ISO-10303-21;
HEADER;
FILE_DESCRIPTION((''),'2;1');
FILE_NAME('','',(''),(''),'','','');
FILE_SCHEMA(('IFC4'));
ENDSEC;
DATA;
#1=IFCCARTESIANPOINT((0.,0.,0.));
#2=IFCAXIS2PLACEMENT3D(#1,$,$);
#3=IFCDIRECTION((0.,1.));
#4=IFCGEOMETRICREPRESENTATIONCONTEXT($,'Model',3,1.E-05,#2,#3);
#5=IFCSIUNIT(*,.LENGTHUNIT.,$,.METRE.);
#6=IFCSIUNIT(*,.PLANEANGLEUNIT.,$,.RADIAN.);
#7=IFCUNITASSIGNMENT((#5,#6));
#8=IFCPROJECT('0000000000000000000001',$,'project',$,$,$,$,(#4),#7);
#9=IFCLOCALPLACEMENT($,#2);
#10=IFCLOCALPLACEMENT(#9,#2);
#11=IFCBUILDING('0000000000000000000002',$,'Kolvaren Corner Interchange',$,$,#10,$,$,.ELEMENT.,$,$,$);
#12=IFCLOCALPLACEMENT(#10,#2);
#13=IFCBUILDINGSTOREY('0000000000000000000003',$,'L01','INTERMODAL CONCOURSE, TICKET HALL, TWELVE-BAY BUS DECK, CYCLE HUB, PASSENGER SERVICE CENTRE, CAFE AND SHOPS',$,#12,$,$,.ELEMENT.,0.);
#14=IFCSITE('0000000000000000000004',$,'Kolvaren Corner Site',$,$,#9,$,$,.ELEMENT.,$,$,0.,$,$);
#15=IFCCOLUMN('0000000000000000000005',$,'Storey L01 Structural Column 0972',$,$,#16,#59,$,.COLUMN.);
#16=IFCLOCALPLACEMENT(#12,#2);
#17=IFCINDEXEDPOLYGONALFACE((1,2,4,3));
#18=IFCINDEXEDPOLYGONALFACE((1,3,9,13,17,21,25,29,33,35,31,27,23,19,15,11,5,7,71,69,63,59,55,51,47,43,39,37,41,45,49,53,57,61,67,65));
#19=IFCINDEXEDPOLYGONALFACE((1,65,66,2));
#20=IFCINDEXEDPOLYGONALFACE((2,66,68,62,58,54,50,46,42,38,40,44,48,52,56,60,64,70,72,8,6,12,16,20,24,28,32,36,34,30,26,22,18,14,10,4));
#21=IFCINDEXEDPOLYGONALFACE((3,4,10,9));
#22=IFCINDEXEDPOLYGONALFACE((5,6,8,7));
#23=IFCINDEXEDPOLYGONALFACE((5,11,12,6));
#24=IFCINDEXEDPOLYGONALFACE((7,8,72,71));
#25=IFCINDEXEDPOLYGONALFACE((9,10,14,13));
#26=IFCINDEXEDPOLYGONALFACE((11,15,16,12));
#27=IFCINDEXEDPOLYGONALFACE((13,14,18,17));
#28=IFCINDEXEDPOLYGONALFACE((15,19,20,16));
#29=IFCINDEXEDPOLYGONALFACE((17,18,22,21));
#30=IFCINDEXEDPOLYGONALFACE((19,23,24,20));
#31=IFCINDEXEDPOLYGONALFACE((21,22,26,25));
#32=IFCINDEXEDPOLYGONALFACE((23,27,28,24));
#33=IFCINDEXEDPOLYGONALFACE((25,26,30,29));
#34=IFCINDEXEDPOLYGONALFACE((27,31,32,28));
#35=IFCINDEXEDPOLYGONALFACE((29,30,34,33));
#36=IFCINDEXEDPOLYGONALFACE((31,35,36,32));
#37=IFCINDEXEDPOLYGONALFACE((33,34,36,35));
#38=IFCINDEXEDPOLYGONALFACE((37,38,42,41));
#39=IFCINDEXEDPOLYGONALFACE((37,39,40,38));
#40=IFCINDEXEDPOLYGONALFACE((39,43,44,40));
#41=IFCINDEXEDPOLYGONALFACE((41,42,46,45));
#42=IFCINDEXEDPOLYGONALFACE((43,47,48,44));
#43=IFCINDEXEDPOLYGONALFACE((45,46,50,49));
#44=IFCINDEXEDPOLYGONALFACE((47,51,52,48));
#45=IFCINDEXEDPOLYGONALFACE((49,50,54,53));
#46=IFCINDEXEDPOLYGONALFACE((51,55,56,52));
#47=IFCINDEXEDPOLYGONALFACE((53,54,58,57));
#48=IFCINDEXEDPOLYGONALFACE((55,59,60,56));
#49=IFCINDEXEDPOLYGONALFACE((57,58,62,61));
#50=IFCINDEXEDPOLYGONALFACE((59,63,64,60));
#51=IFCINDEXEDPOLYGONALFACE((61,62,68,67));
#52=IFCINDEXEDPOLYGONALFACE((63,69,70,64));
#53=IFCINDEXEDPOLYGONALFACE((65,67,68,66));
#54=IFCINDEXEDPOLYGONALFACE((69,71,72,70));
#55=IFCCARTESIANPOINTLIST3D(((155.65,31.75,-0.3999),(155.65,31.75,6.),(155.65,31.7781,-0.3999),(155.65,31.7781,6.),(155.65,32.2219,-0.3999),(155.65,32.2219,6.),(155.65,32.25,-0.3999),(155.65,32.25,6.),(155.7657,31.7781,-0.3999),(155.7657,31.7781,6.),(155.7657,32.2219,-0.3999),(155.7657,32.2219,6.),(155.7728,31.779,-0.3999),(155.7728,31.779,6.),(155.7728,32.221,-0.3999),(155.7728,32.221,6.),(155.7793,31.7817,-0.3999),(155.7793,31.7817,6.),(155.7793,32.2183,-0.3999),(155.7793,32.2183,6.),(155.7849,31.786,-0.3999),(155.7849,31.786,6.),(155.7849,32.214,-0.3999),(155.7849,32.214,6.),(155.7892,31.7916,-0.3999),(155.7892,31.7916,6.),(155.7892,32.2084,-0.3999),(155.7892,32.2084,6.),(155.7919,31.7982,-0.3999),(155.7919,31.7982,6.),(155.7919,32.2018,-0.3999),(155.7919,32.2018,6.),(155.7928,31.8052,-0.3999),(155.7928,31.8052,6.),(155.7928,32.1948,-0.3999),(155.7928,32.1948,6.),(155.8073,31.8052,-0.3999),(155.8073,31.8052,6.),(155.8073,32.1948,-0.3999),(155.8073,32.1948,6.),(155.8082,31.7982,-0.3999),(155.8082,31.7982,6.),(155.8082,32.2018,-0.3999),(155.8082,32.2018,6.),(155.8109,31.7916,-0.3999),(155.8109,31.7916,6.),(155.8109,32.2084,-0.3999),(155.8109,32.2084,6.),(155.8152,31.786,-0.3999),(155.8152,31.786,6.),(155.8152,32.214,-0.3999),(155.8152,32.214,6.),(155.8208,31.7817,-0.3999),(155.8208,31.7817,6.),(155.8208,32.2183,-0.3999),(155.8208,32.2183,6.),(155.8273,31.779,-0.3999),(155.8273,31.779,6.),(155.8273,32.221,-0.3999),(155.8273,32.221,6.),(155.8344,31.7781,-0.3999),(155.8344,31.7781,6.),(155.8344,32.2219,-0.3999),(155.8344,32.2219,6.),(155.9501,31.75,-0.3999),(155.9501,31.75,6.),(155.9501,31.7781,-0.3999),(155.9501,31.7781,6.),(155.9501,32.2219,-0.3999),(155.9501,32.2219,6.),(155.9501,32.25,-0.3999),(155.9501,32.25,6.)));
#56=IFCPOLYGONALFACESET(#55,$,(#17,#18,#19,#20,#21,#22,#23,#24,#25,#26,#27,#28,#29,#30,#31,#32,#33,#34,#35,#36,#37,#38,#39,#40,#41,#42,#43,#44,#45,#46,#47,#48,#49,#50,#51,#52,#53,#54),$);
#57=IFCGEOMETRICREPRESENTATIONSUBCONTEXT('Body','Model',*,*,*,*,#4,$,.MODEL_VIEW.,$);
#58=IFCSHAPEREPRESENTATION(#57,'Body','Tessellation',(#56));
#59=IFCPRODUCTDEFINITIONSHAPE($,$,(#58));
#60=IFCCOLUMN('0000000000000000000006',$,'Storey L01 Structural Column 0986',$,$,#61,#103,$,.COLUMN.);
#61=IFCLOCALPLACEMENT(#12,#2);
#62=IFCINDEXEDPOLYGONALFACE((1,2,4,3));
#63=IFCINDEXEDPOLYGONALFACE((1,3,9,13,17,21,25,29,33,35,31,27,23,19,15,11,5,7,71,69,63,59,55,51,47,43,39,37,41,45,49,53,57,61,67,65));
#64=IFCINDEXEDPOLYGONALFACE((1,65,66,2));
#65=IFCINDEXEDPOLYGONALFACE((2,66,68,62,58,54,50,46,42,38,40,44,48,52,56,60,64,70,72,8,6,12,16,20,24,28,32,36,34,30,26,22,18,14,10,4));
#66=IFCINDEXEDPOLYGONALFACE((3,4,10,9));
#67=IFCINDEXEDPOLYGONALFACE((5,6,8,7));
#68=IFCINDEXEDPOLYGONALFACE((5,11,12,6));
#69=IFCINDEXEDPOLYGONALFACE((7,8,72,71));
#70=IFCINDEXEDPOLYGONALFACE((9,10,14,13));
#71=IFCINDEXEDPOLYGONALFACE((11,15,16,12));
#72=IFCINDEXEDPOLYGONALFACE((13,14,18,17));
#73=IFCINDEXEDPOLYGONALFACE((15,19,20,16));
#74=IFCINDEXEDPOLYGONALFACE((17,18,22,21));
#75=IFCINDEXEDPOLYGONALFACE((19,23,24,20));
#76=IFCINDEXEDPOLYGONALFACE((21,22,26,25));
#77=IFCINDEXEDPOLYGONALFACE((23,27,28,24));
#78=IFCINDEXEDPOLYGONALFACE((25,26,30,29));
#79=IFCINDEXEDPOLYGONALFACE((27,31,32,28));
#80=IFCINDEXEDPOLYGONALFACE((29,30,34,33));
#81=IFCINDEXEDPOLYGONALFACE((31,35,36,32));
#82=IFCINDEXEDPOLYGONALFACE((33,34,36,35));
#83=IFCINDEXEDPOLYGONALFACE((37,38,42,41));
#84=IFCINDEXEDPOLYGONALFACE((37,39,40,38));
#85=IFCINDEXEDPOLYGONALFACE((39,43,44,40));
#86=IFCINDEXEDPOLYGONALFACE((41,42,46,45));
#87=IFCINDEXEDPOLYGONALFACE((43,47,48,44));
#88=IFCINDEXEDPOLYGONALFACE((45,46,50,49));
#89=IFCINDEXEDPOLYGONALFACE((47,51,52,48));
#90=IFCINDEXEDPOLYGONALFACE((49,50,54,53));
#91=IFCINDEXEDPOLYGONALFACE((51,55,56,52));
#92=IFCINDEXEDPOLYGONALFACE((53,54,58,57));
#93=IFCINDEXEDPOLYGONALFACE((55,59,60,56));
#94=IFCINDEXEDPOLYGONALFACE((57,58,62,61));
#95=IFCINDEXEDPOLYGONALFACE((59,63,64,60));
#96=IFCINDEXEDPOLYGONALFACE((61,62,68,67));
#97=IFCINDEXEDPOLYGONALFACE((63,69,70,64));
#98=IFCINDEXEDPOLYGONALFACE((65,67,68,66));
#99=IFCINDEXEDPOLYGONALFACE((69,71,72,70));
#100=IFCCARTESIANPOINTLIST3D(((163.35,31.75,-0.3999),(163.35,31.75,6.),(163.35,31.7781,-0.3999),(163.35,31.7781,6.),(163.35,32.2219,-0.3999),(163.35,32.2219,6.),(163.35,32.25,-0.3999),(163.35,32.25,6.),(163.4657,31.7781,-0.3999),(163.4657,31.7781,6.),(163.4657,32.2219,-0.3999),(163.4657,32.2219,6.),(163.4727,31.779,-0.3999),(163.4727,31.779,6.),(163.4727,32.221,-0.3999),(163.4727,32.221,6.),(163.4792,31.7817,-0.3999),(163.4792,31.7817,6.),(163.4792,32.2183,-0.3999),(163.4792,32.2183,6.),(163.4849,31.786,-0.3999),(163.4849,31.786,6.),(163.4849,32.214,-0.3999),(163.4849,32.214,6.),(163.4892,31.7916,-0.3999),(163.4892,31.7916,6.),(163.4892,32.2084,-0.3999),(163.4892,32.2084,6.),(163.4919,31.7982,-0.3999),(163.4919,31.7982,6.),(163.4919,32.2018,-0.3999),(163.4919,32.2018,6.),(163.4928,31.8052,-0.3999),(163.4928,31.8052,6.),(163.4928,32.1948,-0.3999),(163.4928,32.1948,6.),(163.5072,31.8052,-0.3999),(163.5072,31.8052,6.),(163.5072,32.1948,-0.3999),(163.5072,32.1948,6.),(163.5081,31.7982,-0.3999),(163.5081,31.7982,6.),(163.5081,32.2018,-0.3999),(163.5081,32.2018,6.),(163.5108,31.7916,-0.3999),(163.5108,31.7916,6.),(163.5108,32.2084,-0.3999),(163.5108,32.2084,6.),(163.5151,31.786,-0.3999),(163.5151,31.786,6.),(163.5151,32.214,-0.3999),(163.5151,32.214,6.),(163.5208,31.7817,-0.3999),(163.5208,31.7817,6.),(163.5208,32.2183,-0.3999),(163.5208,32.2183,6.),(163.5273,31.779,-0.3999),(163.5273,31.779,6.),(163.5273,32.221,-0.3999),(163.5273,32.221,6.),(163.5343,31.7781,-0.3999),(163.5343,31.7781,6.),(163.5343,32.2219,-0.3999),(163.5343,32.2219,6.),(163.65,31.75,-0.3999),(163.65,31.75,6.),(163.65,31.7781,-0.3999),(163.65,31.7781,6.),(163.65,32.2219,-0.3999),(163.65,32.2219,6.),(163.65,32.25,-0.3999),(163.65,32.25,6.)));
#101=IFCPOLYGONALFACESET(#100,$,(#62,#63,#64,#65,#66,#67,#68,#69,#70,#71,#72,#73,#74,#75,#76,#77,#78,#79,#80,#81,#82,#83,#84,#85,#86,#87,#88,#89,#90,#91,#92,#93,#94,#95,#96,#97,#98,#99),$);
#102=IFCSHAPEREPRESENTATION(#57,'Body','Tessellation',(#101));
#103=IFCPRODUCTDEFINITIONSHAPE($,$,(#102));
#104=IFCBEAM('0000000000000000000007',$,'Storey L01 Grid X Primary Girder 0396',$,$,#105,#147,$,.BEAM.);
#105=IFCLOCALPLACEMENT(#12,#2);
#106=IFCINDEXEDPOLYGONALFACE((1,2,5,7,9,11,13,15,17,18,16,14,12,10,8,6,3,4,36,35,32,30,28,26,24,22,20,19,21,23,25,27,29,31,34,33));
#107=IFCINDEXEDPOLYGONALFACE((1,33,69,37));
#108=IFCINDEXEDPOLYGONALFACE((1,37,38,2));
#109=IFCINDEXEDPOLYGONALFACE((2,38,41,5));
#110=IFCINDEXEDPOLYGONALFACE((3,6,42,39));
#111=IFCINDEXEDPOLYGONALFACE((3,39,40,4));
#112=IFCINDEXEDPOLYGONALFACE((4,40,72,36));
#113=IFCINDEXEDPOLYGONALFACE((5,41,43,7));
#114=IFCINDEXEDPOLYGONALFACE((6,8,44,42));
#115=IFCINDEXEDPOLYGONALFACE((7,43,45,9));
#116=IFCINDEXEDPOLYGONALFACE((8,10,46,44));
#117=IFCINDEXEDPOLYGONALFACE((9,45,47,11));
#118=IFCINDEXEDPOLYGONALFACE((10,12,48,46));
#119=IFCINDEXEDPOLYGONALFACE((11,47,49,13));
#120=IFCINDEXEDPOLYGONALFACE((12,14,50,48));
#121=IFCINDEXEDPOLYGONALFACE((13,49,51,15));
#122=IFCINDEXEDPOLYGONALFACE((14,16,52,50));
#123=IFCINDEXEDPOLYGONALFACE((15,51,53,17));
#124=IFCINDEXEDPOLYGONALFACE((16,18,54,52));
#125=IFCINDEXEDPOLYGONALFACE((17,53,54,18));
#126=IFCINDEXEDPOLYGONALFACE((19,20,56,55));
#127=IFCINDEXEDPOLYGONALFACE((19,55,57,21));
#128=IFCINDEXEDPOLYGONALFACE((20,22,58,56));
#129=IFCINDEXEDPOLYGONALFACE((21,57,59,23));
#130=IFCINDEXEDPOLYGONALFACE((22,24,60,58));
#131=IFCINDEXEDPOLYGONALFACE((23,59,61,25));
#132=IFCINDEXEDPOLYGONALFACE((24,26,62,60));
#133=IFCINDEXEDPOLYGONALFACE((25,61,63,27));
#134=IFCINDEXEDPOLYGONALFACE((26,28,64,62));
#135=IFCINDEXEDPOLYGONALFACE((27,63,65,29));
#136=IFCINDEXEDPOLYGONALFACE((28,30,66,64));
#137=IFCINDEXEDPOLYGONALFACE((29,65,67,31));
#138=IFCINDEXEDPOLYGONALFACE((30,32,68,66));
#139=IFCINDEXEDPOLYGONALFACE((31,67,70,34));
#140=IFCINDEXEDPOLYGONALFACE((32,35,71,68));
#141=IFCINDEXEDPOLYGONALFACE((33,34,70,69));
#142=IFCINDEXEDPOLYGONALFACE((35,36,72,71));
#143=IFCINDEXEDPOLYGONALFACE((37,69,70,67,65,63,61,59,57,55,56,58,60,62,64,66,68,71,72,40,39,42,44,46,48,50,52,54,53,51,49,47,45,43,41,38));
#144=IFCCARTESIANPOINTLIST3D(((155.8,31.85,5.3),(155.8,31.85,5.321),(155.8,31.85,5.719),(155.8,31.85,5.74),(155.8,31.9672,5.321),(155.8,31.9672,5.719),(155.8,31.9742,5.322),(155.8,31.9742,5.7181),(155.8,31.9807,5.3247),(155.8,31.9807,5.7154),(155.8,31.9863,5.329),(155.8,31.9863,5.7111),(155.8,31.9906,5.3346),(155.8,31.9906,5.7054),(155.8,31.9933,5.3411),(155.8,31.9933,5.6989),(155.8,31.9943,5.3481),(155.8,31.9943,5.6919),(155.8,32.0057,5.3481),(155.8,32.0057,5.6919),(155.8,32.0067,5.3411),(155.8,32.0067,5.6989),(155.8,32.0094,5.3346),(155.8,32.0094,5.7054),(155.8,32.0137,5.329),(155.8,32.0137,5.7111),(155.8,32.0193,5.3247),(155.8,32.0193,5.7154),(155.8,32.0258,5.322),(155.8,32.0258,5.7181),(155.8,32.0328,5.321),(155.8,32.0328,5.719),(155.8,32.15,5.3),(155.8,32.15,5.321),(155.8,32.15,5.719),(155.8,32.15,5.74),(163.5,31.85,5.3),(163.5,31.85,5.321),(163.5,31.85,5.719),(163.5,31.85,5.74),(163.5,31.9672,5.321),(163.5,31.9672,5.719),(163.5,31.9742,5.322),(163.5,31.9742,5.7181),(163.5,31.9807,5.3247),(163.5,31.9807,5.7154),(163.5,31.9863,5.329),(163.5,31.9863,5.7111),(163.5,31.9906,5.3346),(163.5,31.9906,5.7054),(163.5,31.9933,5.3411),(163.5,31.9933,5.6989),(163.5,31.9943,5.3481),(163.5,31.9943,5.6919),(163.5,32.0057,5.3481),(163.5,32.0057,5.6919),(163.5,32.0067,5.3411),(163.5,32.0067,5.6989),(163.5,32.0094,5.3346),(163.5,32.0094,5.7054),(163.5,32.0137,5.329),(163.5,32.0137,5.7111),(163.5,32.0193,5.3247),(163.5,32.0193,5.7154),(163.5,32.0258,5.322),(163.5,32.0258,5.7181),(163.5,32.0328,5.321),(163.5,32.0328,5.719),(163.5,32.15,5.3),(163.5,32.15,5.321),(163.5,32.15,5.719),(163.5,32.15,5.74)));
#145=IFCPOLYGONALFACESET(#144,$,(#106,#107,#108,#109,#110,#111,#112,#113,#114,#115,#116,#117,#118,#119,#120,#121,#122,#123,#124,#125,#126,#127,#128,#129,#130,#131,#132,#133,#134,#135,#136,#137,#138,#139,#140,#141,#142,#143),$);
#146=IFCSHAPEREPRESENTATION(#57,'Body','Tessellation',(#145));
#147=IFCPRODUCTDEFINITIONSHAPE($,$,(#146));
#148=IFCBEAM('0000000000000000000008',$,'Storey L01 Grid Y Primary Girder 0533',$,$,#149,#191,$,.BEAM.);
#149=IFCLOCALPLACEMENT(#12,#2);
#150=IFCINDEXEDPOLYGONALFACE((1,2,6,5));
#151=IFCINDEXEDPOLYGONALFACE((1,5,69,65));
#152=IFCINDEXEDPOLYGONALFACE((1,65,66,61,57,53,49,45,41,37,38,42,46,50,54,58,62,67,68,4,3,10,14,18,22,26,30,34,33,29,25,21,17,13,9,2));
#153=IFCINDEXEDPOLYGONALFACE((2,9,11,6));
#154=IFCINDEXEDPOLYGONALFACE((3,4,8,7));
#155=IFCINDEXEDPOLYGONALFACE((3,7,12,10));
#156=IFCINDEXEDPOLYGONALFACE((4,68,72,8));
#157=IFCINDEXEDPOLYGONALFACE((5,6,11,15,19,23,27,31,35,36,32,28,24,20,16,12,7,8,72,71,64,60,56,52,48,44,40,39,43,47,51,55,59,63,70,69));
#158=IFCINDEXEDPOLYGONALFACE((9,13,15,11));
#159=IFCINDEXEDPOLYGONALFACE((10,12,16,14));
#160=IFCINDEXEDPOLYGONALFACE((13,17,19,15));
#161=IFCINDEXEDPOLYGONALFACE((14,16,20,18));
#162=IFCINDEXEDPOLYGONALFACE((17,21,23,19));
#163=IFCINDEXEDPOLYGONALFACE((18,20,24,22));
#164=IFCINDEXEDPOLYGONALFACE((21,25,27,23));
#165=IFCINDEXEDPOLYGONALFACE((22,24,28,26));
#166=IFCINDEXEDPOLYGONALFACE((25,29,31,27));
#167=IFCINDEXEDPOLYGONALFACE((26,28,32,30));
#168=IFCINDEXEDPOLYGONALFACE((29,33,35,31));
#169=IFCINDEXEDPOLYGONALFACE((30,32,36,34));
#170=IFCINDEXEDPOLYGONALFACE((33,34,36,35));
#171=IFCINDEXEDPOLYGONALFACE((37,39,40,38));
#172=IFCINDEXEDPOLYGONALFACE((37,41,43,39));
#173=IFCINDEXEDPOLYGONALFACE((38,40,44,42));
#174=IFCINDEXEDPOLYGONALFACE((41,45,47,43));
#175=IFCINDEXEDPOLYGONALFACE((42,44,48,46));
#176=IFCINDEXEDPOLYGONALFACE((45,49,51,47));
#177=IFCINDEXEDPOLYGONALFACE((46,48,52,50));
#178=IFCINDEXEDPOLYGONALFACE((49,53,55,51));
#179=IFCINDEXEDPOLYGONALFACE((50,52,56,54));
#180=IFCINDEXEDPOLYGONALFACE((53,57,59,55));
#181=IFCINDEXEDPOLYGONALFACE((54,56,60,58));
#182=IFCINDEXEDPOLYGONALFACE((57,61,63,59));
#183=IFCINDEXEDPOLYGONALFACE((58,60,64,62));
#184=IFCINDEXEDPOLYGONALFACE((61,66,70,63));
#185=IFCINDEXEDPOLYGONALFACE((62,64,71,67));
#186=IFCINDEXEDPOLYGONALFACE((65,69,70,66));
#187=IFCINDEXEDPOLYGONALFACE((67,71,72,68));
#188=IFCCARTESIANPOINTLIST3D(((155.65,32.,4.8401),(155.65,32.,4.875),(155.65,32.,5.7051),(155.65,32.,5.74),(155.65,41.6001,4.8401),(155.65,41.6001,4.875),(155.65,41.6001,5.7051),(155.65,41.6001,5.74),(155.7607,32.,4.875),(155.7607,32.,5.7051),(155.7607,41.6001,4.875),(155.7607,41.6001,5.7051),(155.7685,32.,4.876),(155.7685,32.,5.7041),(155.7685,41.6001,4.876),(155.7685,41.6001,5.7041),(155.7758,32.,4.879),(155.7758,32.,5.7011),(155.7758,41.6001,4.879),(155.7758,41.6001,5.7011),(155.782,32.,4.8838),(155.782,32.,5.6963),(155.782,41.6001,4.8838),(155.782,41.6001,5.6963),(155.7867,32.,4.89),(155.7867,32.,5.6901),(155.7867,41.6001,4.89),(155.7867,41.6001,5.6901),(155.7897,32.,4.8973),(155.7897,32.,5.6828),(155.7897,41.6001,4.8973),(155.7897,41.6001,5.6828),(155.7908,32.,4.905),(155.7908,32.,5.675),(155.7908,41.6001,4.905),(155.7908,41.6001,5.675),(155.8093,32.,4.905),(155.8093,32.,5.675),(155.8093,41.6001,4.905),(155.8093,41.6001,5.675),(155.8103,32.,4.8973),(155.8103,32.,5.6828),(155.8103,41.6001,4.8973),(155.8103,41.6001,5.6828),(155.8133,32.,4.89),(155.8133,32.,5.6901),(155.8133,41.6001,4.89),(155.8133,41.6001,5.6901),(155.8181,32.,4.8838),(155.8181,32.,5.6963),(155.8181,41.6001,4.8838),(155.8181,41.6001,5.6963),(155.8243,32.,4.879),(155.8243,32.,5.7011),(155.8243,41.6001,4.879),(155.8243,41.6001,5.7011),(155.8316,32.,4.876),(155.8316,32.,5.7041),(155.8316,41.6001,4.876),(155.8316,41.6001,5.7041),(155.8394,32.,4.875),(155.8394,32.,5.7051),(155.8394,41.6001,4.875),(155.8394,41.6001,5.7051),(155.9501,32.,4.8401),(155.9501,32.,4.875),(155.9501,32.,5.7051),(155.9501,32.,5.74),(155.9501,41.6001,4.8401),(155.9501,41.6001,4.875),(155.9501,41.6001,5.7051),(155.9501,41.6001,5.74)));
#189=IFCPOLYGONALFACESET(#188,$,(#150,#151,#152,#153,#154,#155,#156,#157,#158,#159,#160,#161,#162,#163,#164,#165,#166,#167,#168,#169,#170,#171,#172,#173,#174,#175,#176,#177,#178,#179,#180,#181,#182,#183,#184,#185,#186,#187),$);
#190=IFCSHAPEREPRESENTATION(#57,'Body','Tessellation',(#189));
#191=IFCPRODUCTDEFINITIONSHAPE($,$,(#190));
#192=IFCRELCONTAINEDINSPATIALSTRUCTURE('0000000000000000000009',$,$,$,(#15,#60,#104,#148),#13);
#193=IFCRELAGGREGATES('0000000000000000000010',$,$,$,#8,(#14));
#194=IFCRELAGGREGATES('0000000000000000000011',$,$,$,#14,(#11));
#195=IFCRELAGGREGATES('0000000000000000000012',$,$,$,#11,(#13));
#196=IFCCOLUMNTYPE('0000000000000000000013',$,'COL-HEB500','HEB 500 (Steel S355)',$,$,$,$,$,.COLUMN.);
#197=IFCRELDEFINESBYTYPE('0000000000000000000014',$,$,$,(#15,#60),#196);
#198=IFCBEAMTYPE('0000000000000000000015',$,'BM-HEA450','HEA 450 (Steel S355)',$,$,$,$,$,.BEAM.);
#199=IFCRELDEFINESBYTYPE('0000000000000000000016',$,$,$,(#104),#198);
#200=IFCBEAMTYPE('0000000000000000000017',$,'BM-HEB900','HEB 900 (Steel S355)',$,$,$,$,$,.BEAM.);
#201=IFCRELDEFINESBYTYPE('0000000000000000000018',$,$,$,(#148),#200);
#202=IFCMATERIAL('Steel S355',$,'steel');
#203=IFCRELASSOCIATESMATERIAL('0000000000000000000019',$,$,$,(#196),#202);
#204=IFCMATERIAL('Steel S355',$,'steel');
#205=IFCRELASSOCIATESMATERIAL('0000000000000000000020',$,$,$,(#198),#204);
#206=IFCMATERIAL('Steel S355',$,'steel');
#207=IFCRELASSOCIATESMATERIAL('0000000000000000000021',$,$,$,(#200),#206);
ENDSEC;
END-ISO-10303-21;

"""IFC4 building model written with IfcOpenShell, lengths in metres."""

from ifc_helpers import new_model, si_unit, direction, frame, origin, origin_2d, place, context, subcontext, project, spatial, i_section, extrude, material, material_profile, profile_set, type_object, element, save


model = new_model("IFC4")

# Units and contexts
model_context = context("Model", 3, precision=1e-05, world=origin(), true_north=direction((0.0, 1.0)))
body_context = subcontext(model_context, "Body", "Model", "MODEL_VIEW")
ifc_project = project(units=[si_unit("LENGTHUNIT", "METRE"), si_unit("PLANEANGLEUNIT", "RADIAN")], contexts=[model_context])

# Site, building, storey
site_placement = place(None, origin())
site = spatial("IfcSite", under=ifc_project, at=site_placement, Name="Kolvaren Corner Site", CompositionType="ELEMENT", RefElevation=0.0)
building_placement = place(site_placement, origin())
building = spatial("IfcBuilding", under=site, at=building_placement, Name="Kolvaren Corner Interchange", CompositionType="ELEMENT")
storey_placement = place(building_placement, origin())
storey = spatial("IfcBuildingStorey", under=building, at=storey_placement, Name="L01", Description="INTERMODAL CONCOURSE, TICKET HALL, TWELVE-BAY BUS DECK, CYCLE HUB, PASSENGER SERVICE CENTRE, CAFE AND SHOPS", CompositionType="ELEMENT", Elevation=0.0)

# Columns
ifc_material_1 = material(Name="Steel S355", Category="steel")
ifc_material_profile_1 = material_profile(ifc_material_1, i_section(OverallWidth=0.3, OverallDepth=0.5, WebThickness=0.0144, FlangeThickness=0.0281, FilletRadius=0.0271, at=origin_2d()), Name="HEB 500")
ifc_profile_set_1 = profile_set([ifc_material_profile_1], Name="Steel S355")
column_type = type_object("IfcColumnType", Name="COL-HEB500", Description="HEB 500 (Steel S355)", PredefinedType="COLUMN", material=ifc_profile_set_1)
for number, where, z_axis, x_axis, name in (
    (1, (155.8, 32.0, -0.3999), (0.0, 0.0, 1.0), (1.0, 0.0, 0.0), "Storey L01 Structural Column 0972"),
    (2, (163.5, 32.0, -0.3999), (0.0, 0.0, 1.0), (1.0, 0.0, 0.0), "Storey L01 Structural Column 0986"),
):
    element("IfcColumn", number, at=place(storey_placement, frame(where, z_axis=z_axis, x_axis=x_axis)), inside=storey, type_object=column_type, Name=name, PredefinedType="COLUMN", context=body_context, shape_type="SweptSolid", body=[
        extrude(i_section(OverallWidth=0.3, OverallDepth=0.5, WebThickness=0.0144, FlangeThickness=0.0281, FilletRadius=0.0271, at=origin_2d()), origin(), (0.0, 0.0, 1.0), 6.3999),
    ])

# Beams
ifc_material_2 = material(Name="Steel S355", Category="steel")
ifc_material_profile_2 = material_profile(ifc_material_2, i_section(OverallWidth=0.3, OverallDepth=0.4399, WebThickness=0.0115, FlangeThickness=0.021, FilletRadius=0.0271, at=origin_2d()), Name="HEA 450")
ifc_profile_set_2 = profile_set([ifc_material_profile_2], Name="Steel S355")
beam_type_1 = type_object("IfcBeamType", Name="BM-HEA450", Description="HEA 450 (Steel S355)", PredefinedType="BEAM", material=ifc_profile_set_2)
beam_placement = place(storey_placement, frame((155.8, 32.0, 5.52), z_axis=(1.0, 0.0, 0.0), x_axis=(0.0, 1.0, 0.0)))
element("IfcBeam", 3, at=beam_placement, inside=storey, type_object=beam_type_1, Name="Storey L01 Grid X Primary Girder 0396", PredefinedType="BEAM", context=body_context, shape_type="SweptSolid", body=[
    extrude(i_section(OverallWidth=0.3, OverallDepth=0.4399, WebThickness=0.0115, FlangeThickness=0.021, FilletRadius=0.0271, at=origin_2d()), origin(), (0.0, 0.0, 1.0), 7.7),
])
ifc_material_3 = material(Name="Steel S355", Category="steel")
ifc_material_profile_3 = material_profile(ifc_material_3, i_section(OverallWidth=0.3, OverallDepth=0.8999, WebThickness=0.0186, FlangeThickness=0.0349, FilletRadius=0.03, at=origin_2d()), Name="HEB 900")
ifc_profile_set_3 = profile_set([ifc_material_profile_3], Name="Steel S355")
beam_type_2 = type_object("IfcBeamType", Name="BM-HEB900", Description="HEB 900 (Steel S355)", PredefinedType="BEAM", material=ifc_profile_set_3)
for number, where, z_axis, x_axis, name in (
    (4, (155.8, 32.0, 5.29), (0.0, 1.0, 0.0), (-1.0, 0.0, 0.0), "Storey L01 Grid Y Primary Girder 0533"),
):
    element("IfcBeam", number, at=place(storey_placement, frame(where, z_axis=z_axis, x_axis=x_axis)), inside=storey, type_object=beam_type_2, Name=name, PredefinedType="BEAM", context=body_context, shape_type="SweptSolid", body=[
        extrude(i_section(OverallWidth=0.3, OverallDepth=0.8999, WebThickness=0.0186, FlangeThickness=0.0349, FilletRadius=0.03, at=origin_2d()), origin(), (0.0, 0.0, 1.0), 9.6001),
    ])

save(model, "model.ifc")
